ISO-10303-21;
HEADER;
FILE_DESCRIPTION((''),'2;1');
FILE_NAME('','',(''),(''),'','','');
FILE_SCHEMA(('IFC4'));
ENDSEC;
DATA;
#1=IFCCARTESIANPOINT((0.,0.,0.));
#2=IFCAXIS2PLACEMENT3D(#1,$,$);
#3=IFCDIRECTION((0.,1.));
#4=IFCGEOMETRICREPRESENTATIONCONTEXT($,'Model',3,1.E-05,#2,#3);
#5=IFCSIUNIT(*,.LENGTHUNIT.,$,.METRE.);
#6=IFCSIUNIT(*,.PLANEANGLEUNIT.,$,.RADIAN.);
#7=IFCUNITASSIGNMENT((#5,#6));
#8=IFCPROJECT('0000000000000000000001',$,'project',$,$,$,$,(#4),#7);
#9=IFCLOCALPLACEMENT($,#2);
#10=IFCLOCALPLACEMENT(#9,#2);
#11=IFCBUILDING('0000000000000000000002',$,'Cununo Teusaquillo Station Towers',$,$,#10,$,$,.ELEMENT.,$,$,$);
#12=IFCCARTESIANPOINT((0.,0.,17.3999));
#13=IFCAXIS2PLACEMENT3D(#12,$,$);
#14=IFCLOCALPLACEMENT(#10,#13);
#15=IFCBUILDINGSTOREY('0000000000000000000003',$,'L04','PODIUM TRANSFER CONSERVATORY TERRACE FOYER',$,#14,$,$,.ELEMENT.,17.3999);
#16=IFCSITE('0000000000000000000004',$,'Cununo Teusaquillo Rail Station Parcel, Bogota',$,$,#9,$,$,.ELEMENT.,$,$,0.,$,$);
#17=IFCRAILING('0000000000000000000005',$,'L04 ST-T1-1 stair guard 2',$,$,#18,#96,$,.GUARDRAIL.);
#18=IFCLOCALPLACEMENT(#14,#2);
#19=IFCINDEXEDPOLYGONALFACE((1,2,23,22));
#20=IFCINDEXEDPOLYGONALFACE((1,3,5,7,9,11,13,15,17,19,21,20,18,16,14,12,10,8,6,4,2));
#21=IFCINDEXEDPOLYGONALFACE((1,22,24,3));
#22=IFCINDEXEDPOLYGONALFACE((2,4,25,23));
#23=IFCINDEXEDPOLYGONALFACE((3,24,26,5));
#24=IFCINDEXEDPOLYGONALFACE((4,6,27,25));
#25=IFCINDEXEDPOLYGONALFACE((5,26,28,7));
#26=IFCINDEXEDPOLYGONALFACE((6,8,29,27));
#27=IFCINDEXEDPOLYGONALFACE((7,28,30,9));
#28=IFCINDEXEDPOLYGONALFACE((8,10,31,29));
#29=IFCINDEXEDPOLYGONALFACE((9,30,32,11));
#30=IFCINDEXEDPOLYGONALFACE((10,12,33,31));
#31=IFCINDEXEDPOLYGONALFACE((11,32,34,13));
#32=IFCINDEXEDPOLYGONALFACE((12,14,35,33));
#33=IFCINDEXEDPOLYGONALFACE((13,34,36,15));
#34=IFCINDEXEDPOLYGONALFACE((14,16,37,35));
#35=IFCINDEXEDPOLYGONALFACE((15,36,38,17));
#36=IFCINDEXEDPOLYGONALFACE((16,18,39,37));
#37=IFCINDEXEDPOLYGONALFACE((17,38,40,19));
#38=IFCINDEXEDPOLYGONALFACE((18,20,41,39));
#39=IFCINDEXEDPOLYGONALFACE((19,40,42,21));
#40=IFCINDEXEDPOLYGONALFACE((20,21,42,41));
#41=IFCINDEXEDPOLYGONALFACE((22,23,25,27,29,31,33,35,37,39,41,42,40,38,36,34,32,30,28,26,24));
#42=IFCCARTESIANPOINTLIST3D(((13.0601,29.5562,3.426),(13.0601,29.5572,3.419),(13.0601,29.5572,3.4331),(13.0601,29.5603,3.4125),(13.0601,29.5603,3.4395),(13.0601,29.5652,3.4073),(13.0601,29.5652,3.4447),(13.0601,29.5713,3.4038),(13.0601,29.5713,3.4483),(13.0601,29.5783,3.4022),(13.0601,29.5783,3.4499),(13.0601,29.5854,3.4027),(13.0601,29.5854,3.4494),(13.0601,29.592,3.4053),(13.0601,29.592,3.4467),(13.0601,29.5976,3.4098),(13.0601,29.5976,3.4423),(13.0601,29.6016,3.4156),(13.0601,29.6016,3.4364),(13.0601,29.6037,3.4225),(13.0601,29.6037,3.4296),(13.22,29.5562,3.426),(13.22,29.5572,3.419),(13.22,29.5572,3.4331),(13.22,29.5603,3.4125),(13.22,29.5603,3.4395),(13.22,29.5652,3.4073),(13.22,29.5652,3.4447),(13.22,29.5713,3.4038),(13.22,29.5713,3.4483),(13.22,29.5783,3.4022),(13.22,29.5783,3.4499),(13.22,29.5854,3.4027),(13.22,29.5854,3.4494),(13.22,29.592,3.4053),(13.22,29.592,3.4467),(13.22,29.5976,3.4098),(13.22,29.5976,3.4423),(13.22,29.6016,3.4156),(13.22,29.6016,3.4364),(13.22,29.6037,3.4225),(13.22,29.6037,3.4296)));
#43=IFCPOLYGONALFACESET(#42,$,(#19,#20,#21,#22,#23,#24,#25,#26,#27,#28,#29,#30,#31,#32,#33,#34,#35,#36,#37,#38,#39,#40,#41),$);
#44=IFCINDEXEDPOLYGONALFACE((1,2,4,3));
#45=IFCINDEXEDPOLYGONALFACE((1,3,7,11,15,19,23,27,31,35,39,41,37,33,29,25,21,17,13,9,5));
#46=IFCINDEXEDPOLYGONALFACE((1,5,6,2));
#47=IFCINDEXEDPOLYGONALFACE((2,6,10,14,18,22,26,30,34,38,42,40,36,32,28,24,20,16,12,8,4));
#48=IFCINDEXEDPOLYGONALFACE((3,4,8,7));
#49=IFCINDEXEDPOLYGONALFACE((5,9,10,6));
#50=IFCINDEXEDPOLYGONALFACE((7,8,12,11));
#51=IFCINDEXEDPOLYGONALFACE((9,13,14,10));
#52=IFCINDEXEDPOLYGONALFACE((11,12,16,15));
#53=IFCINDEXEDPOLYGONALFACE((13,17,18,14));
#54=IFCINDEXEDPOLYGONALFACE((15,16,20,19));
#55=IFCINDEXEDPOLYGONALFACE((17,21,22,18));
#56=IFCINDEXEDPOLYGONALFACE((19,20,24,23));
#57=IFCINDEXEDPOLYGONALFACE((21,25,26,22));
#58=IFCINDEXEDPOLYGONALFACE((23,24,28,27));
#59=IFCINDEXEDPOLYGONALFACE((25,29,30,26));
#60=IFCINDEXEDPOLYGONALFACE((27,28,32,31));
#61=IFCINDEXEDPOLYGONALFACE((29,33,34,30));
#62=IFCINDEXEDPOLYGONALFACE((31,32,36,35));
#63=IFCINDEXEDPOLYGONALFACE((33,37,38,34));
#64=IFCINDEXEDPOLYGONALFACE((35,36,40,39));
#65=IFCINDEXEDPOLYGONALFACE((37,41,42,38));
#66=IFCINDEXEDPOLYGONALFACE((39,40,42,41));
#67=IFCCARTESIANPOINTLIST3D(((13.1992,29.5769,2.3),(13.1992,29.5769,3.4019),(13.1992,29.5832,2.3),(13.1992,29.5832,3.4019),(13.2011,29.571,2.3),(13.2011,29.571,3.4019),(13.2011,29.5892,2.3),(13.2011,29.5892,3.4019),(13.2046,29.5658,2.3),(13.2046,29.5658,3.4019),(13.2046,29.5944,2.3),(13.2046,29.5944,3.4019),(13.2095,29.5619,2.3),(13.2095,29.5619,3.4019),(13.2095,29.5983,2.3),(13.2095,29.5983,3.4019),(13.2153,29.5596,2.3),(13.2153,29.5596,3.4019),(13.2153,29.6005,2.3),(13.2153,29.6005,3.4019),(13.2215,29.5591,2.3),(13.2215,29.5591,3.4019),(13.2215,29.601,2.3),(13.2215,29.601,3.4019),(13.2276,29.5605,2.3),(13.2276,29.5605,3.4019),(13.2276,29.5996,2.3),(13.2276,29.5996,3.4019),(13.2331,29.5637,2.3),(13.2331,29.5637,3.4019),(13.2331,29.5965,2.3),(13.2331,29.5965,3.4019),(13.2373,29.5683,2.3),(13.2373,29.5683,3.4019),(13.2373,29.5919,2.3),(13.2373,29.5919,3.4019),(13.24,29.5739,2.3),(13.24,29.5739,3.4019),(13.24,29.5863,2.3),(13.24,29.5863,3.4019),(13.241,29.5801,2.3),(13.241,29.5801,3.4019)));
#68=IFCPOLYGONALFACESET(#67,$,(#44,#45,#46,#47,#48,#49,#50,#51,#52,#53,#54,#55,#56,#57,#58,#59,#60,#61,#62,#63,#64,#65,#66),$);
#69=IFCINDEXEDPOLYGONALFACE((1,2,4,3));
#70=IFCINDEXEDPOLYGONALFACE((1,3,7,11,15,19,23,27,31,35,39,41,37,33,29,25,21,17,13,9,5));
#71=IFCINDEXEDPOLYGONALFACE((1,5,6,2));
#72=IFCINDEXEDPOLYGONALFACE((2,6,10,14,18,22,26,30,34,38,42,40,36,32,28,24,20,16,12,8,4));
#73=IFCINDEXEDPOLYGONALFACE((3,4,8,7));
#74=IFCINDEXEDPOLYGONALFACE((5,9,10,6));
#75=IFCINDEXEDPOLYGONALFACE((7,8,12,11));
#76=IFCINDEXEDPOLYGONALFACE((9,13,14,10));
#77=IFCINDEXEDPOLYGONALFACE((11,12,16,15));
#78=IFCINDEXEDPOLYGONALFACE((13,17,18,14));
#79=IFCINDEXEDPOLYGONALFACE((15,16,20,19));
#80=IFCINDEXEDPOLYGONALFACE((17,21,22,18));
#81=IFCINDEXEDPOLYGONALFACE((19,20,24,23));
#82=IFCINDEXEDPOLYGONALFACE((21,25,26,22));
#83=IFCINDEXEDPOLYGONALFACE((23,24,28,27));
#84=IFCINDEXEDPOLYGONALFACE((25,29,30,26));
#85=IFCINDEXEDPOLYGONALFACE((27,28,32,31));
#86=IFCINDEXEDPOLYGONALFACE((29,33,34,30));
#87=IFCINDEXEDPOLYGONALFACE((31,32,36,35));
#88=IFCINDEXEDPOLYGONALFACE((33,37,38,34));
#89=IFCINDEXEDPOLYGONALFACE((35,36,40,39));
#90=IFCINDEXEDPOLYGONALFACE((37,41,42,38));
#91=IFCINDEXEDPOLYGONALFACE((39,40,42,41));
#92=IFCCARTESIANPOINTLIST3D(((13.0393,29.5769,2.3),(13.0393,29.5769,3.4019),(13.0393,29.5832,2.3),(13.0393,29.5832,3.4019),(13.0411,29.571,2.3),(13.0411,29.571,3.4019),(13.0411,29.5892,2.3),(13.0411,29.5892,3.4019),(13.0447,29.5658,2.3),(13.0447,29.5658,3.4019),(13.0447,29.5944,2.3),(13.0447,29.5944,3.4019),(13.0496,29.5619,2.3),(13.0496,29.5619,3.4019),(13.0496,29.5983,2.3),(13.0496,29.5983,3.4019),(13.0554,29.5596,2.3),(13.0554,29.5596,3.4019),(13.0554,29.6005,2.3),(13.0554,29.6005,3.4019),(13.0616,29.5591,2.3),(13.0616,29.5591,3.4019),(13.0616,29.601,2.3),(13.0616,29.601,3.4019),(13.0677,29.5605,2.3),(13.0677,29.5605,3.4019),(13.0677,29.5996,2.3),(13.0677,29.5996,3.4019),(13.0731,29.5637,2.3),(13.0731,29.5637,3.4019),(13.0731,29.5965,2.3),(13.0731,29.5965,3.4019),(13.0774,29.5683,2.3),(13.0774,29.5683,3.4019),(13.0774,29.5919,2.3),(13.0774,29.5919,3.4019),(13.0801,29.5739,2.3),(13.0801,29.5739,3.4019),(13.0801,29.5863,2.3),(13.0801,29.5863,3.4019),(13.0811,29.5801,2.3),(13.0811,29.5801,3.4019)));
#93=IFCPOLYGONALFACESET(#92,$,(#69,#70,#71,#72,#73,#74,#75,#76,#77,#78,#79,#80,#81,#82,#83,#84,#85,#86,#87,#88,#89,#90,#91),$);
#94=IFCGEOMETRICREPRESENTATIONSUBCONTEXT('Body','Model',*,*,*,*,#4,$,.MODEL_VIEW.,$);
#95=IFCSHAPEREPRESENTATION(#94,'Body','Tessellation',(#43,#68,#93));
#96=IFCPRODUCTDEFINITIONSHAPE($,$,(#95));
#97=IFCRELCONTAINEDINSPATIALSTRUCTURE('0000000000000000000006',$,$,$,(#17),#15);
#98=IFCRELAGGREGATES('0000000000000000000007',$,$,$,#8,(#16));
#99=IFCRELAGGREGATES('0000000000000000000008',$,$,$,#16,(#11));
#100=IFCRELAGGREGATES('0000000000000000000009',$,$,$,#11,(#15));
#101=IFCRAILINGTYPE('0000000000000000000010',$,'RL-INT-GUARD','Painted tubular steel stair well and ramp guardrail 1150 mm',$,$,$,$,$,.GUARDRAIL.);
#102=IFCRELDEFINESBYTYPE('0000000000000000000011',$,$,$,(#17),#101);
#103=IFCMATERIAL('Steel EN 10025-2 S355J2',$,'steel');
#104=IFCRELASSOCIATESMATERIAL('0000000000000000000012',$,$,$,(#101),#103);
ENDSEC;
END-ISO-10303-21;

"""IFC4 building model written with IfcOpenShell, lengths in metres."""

from ifc_helpers import new_model, si_unit, direction, frame, origin, origin_2d, place, context, subcontext, project, spatial, circle, extrude, material, type_object, element, save


model = new_model("IFC4")

# Units and contexts
model_context = context("Model", 3, precision=1e-05, world=origin(), true_north=direction((0.0, 1.0)))
body_context = subcontext(model_context, "Body", "Model", "MODEL_VIEW")
ifc_project = project(units=[si_unit("LENGTHUNIT", "METRE"), si_unit("PLANEANGLEUNIT", "RADIAN")], contexts=[model_context])

# Site, building, storey
site_placement = place(None, origin())
site = spatial("IfcSite", under=ifc_project, at=site_placement, Name="Cununo Teusaquillo Rail Station Parcel, Bogota", CompositionType="ELEMENT", RefElevation=0.0)
building_placement = place(site_placement, origin())
building = spatial("IfcBuilding", under=site, at=building_placement, Name="Cununo Teusaquillo Station Towers", CompositionType="ELEMENT")
storey_placement = place(building_placement, frame((0.0, 0.0, 17.3999)))
storey = spatial("IfcBuildingStorey", under=building, at=storey_placement, Name="L04", Description="PODIUM TRANSFER CONSERVATORY TERRACE FOYER", CompositionType="ELEMENT", Elevation=17.3999)

# Railing
ifc_material_1 = material(Name="Steel EN 10025-2 S355J2", Category="steel")
railing_type_1 = type_object("IfcRailingType", Name="RL-INT-GUARD", Description="Painted tubular steel stair well and ramp guardrail 1150 mm", PredefinedType="GUARDRAIL", material=ifc_material_1)
railing_1_placement = place(storey_placement, frame((13.22, 29.5801, 2.3)))
element("IfcRailing", 1, at=railing_1_placement, inside=storey, type_object=railing_type_1, Name="L04 ST-T1-1 stair guard 2", PredefinedType="GUARDRAIL", context=body_context, shape_type="SweptSolid", body=[
    extrude(circle(Radius=0.0239, at=origin_2d()), frame((0.0, 0.0, 1.126), z_axis=(-1.0, 0.0, 0.0), x_axis=(0.0, -1.0, 0.0)), (0.0, 0.0, 1.0), 0.1599),
    extrude(circle(Radius=0.021, at=origin_2d()), origin(), (0.0, 0.0, 1.0), 1.1018),
    extrude(circle(Radius=0.021, at=origin_2d()), frame((-0.1599, 0.0, 0.0)), (0.0, 0.0, 1.0), 1.1018),
])

save(model, "model.ifc")
